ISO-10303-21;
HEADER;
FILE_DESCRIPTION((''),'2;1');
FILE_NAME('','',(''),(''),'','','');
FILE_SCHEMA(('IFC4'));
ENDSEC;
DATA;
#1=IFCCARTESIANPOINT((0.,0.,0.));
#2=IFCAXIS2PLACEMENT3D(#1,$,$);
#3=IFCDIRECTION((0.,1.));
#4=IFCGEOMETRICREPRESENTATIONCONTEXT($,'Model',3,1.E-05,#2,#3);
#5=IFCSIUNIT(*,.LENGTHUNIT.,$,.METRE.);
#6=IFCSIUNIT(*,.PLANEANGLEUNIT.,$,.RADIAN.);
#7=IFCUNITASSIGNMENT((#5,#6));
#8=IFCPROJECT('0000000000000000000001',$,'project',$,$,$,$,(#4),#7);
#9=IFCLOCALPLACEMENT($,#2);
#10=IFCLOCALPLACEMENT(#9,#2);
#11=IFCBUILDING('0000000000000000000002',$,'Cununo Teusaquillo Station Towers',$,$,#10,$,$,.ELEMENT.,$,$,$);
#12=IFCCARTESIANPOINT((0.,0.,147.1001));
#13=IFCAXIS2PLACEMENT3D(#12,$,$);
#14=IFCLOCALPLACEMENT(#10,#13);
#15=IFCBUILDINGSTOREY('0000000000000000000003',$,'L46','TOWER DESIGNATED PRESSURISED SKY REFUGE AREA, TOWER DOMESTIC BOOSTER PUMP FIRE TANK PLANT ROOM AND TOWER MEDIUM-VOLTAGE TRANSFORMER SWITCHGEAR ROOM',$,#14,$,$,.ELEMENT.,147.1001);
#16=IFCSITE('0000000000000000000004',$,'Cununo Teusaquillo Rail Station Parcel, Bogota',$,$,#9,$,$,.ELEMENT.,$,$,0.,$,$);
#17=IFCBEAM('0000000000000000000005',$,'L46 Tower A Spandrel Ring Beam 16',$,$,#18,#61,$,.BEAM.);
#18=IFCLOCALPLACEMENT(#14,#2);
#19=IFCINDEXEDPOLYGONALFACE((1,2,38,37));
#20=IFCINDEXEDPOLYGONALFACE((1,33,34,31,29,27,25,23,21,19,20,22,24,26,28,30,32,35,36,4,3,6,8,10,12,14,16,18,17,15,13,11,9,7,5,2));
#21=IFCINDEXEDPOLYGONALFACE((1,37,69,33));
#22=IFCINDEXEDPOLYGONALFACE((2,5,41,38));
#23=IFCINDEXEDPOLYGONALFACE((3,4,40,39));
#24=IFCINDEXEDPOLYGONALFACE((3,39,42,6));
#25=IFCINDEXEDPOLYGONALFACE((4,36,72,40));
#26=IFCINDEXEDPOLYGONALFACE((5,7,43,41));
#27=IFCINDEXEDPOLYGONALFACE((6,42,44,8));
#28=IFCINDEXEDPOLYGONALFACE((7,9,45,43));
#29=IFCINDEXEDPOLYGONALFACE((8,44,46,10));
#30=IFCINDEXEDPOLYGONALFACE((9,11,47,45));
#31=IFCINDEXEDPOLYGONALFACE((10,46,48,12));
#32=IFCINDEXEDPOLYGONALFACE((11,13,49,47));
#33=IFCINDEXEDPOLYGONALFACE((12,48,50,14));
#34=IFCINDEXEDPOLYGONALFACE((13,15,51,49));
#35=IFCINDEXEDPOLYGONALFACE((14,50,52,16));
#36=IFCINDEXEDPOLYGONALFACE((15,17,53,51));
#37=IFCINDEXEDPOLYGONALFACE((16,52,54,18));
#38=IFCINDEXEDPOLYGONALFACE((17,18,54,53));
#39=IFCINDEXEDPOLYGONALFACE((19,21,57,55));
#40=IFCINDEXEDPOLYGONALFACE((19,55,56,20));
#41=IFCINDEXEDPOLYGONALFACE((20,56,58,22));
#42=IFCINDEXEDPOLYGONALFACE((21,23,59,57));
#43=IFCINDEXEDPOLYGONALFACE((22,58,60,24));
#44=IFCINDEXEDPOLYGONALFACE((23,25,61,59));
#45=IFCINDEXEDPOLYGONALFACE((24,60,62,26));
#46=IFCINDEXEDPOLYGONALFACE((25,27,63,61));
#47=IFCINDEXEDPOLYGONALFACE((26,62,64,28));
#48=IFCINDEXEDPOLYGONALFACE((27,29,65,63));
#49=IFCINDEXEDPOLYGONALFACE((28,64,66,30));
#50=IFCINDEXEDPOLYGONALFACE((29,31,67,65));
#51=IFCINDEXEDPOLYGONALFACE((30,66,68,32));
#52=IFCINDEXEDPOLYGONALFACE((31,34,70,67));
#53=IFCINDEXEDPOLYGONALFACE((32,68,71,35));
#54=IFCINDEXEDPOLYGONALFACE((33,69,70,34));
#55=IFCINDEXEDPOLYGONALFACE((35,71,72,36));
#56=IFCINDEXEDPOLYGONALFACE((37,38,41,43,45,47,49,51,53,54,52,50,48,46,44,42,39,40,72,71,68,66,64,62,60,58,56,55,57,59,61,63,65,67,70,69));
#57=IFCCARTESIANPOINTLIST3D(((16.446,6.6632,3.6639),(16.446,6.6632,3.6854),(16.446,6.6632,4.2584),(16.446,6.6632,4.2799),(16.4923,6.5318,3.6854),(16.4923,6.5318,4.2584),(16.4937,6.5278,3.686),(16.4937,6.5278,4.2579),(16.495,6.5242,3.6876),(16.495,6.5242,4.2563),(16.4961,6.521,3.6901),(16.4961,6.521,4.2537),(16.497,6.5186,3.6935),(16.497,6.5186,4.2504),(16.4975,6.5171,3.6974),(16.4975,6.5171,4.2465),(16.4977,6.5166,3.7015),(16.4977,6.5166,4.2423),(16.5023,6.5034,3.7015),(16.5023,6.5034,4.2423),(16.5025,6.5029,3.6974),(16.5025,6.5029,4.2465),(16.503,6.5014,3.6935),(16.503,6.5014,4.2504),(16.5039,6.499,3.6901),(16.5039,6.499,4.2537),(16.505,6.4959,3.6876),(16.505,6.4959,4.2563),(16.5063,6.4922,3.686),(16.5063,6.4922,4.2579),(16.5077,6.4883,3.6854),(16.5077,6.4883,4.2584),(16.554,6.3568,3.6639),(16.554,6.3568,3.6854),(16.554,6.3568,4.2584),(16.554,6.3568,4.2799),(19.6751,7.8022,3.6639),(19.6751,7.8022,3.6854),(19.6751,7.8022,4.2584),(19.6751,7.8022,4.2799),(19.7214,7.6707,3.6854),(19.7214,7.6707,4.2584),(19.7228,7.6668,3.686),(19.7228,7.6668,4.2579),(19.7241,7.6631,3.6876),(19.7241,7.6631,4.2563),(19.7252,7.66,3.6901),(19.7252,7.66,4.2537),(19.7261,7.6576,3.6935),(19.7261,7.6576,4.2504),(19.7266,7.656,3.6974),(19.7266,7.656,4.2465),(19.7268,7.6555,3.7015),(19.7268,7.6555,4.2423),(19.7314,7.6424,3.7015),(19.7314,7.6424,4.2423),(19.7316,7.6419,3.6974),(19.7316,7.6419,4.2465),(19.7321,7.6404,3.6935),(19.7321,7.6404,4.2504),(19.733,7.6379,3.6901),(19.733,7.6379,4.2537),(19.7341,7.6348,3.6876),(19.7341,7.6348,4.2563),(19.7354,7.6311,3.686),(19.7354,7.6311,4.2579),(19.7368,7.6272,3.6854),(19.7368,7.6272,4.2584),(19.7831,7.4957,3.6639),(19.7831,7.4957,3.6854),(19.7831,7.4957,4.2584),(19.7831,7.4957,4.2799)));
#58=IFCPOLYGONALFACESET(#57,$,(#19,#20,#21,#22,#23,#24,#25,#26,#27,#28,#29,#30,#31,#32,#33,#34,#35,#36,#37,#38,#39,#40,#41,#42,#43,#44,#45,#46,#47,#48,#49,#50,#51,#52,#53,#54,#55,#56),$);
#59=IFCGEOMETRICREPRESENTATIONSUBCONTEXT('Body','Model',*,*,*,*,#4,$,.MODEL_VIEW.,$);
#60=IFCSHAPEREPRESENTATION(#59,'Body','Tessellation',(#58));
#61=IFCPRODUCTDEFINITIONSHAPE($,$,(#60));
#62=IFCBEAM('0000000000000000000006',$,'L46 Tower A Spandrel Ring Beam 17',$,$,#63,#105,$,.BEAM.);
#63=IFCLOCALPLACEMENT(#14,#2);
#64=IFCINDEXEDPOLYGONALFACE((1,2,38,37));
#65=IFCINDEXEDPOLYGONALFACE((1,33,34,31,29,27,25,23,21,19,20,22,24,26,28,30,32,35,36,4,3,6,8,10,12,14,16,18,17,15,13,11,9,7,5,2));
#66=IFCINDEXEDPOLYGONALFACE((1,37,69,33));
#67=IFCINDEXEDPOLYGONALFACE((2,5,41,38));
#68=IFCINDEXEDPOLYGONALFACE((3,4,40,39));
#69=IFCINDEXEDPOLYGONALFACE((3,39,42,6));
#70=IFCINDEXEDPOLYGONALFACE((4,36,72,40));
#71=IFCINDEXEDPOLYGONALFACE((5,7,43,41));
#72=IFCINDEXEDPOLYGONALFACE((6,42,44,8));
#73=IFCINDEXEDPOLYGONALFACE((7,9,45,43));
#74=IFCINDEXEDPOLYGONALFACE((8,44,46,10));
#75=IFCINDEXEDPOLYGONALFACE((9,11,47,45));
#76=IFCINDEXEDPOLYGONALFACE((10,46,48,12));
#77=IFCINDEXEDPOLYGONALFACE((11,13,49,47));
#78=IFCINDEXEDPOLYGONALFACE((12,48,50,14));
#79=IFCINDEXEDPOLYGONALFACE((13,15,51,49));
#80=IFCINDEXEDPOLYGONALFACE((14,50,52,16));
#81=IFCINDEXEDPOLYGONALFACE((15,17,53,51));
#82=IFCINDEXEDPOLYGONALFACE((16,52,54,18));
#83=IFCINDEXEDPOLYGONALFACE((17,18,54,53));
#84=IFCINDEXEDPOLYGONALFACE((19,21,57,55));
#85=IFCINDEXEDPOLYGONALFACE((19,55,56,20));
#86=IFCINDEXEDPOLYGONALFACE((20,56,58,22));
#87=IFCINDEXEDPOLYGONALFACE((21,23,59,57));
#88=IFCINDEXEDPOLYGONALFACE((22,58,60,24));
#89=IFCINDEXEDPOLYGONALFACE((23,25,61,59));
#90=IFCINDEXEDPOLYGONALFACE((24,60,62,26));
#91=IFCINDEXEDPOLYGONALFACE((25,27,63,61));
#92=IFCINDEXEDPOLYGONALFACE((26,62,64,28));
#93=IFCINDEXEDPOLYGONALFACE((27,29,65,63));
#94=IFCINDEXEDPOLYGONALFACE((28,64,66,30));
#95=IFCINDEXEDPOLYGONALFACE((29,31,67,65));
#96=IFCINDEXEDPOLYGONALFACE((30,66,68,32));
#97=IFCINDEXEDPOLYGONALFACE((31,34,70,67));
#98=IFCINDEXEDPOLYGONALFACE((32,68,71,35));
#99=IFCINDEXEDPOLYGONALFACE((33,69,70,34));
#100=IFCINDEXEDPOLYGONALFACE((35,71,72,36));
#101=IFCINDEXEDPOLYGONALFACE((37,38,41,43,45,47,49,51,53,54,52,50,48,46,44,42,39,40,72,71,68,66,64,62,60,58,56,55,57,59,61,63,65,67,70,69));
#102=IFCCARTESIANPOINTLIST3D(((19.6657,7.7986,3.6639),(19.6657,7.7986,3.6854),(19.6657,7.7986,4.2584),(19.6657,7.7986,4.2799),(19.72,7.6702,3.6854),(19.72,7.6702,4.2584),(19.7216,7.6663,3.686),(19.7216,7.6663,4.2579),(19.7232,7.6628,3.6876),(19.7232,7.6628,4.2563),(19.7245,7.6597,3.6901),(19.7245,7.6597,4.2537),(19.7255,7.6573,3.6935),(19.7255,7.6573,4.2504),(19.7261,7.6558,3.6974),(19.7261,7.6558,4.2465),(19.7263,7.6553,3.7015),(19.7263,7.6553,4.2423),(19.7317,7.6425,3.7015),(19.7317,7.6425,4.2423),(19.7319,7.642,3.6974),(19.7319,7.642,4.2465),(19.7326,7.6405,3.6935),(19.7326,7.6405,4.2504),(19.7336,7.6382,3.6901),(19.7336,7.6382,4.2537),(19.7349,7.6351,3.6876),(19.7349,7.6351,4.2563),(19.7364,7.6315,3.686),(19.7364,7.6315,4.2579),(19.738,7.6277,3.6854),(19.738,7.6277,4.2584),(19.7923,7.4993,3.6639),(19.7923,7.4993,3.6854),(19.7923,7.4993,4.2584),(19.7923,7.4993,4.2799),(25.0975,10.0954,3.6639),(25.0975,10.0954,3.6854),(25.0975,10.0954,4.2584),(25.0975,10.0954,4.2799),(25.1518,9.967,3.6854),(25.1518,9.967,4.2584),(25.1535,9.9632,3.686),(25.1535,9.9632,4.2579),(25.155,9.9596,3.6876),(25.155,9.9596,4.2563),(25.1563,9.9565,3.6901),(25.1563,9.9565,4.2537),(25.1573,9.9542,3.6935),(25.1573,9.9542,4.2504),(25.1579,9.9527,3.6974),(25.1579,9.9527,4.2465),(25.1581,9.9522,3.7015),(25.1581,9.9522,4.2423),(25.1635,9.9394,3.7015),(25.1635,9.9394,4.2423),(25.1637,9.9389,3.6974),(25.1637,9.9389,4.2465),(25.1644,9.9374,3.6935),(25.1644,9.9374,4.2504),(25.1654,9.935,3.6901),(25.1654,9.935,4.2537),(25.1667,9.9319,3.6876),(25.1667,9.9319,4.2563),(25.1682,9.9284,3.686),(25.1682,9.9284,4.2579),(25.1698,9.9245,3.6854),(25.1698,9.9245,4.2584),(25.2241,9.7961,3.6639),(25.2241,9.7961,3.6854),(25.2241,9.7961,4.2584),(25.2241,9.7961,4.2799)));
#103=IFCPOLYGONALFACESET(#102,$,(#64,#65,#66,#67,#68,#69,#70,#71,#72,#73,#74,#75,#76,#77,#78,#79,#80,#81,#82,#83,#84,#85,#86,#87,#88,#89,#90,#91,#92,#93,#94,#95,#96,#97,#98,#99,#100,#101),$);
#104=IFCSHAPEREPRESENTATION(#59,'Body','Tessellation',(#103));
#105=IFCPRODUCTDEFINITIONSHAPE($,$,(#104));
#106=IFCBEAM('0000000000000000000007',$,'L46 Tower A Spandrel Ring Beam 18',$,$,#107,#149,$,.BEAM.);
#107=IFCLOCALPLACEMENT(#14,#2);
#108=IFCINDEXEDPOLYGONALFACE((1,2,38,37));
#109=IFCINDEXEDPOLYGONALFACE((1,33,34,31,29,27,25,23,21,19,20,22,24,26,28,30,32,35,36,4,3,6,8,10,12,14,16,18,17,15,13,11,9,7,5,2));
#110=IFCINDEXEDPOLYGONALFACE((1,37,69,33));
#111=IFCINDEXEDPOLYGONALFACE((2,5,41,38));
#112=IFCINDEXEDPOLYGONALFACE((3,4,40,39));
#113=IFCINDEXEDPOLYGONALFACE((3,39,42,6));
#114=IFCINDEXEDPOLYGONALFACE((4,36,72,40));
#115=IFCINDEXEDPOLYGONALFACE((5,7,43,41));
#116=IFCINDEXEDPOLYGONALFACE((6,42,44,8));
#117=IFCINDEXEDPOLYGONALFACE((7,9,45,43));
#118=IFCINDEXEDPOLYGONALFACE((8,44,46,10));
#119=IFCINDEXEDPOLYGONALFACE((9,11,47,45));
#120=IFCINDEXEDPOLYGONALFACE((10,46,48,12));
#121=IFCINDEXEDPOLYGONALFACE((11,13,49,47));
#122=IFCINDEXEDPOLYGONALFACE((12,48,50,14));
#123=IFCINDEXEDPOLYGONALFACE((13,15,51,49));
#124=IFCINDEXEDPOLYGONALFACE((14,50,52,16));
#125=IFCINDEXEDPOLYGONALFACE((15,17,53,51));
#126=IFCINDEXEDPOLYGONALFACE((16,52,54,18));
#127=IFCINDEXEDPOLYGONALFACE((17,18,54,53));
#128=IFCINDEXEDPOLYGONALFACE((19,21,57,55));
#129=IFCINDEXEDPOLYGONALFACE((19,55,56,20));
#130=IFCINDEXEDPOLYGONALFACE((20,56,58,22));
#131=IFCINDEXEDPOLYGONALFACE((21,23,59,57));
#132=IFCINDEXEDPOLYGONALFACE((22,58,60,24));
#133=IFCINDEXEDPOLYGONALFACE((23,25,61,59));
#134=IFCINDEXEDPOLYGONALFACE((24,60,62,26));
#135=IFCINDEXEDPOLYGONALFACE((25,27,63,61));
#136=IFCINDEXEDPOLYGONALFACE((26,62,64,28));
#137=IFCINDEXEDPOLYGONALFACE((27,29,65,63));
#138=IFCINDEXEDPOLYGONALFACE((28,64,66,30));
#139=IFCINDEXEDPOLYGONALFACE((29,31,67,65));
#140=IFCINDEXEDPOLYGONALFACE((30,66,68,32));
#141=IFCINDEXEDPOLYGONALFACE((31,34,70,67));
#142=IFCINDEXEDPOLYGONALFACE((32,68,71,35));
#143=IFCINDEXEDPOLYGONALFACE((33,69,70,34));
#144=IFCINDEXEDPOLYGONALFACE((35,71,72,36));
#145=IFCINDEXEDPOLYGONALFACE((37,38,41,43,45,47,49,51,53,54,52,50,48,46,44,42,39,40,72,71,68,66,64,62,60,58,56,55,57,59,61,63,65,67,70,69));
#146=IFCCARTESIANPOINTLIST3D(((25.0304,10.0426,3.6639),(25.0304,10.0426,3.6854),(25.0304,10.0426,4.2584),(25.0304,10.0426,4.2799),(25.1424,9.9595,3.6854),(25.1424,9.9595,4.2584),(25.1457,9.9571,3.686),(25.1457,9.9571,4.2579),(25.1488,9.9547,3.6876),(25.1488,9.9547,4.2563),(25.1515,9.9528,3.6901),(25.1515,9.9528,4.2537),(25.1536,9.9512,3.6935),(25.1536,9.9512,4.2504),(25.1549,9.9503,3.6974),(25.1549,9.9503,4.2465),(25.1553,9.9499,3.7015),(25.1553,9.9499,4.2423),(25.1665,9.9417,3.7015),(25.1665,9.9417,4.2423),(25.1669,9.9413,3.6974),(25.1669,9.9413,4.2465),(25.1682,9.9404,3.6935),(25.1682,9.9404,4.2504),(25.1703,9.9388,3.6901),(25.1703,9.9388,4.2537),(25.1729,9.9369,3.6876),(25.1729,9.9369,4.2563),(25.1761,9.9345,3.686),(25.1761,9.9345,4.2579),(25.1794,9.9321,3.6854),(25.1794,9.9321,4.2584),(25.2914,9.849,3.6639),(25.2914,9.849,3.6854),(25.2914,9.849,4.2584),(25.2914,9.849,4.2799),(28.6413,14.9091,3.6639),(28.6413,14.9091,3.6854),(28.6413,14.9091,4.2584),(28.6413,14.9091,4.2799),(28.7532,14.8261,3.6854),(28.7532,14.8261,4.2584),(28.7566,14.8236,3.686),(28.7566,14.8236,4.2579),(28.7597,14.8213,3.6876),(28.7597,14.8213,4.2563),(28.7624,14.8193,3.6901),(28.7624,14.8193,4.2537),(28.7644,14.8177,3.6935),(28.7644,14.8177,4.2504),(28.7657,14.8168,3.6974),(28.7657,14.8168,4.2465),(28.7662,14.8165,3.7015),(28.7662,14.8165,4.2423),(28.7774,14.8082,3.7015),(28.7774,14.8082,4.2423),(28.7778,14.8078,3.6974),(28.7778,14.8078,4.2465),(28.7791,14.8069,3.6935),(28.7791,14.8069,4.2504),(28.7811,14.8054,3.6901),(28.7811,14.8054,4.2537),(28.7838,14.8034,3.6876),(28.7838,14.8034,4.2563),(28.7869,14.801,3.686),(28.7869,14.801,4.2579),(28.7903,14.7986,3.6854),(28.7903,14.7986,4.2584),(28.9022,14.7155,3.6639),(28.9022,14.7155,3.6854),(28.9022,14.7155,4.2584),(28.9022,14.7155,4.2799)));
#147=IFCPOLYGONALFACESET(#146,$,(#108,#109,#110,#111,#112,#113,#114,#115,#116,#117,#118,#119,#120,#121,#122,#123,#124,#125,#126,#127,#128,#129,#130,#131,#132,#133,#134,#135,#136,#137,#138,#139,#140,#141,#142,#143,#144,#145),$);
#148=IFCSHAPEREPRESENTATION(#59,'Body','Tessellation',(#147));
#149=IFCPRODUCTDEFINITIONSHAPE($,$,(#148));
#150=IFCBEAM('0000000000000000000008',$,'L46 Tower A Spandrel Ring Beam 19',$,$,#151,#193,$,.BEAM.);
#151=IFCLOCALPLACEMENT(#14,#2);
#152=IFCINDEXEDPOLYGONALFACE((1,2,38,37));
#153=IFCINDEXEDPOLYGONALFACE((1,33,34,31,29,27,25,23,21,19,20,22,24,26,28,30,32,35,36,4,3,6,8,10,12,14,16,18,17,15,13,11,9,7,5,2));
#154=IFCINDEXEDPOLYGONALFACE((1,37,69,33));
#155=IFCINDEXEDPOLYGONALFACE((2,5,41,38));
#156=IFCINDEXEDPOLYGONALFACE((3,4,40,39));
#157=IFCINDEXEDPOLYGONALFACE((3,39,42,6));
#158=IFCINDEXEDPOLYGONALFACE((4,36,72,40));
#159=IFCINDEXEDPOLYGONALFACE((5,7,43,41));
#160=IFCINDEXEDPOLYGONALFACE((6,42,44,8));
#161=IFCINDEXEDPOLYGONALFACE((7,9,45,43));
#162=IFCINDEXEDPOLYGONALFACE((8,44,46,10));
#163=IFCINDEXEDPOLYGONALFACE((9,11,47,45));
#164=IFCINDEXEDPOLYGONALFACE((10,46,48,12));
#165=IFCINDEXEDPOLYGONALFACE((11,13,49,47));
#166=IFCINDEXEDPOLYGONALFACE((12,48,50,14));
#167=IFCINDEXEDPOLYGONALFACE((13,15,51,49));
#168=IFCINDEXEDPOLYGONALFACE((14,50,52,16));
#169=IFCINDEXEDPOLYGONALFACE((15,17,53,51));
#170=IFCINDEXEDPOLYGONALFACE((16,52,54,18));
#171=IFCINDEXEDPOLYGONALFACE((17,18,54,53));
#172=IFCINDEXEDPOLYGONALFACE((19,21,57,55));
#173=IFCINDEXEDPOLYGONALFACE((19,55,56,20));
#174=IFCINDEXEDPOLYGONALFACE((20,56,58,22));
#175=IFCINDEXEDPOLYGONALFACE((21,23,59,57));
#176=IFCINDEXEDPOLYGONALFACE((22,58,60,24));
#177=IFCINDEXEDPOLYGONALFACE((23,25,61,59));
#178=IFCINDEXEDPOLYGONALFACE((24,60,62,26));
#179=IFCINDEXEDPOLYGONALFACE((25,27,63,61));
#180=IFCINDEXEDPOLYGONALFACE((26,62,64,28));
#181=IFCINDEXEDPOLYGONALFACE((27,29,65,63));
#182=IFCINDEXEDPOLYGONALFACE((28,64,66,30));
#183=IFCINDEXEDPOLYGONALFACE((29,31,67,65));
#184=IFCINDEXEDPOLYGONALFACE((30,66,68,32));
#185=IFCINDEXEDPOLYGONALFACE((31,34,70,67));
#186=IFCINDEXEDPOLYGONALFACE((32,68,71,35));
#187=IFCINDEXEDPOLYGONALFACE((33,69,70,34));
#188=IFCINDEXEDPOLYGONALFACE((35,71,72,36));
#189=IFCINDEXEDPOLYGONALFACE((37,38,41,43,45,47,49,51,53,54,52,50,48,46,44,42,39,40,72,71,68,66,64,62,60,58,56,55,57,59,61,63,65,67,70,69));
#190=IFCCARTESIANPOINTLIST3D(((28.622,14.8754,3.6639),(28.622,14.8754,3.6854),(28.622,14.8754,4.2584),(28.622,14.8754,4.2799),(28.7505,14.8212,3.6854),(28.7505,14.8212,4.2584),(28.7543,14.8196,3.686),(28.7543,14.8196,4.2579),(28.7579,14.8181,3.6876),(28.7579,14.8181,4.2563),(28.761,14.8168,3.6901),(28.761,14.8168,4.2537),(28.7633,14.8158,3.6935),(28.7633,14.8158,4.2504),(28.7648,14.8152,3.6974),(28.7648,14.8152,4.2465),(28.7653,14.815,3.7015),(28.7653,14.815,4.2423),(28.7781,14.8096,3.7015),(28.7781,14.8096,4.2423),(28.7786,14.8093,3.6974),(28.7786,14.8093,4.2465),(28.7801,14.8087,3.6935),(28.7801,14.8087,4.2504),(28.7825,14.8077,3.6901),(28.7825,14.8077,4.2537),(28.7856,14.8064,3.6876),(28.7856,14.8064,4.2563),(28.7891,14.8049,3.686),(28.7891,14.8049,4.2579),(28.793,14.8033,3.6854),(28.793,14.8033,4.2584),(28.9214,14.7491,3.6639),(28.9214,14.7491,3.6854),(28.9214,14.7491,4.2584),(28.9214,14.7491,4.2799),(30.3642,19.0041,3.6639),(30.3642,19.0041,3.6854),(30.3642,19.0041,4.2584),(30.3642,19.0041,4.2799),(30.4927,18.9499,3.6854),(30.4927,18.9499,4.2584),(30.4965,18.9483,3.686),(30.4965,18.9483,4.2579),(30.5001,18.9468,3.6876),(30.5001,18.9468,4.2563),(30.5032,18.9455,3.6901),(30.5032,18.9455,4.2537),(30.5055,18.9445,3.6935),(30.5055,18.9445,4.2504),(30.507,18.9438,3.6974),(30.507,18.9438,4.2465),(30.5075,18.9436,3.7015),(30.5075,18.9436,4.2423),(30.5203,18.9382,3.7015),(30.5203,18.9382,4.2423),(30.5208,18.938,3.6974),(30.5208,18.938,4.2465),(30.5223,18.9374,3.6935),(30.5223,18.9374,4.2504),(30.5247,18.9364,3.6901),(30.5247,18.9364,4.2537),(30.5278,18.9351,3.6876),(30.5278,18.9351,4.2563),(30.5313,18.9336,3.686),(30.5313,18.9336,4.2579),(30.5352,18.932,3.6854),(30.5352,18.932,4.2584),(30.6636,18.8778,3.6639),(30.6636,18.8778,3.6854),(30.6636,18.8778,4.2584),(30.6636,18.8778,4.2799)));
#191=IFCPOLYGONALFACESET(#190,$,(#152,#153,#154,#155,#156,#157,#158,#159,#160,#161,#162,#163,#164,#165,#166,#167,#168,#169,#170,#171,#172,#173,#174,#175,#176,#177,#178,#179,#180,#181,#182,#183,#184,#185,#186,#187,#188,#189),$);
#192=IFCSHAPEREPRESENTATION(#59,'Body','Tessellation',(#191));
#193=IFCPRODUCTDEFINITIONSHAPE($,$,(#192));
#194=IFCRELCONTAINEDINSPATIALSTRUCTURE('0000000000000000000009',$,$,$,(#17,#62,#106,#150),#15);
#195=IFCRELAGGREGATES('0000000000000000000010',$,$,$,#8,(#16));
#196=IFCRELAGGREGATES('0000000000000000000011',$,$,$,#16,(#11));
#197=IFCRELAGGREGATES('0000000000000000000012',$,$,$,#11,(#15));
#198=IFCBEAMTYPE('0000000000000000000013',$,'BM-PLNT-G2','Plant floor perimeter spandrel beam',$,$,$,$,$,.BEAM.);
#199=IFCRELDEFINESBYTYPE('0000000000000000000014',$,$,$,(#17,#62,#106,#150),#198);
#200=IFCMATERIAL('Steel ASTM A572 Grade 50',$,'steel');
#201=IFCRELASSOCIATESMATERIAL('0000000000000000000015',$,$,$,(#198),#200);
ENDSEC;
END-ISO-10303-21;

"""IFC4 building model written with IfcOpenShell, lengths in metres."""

from ifc_helpers import new_model, si_unit, direction, frame, origin, origin_2d, place, context, subcontext, project, spatial, i_section, extrude, material, material_profile, profile_set, type_object, element, save


model = new_model("IFC4")

# Units and contexts
model_context = context("Model", 3, precision=1e-05, world=origin(), true_north=direction((0.0, 1.0)))
body_context = subcontext(model_context, "Body", "Model", "MODEL_VIEW")
ifc_project = project(units=[si_unit("LENGTHUNIT", "METRE"), si_unit("PLANEANGLEUNIT", "RADIAN")], contexts=[model_context])

# Site, building, storey
site_placement = place(None, origin())
site = spatial("IfcSite", under=ifc_project, at=site_placement, Name="Cununo Teusaquillo Rail Station Parcel, Bogota", CompositionType="ELEMENT", RefElevation=0.0)
building_placement = place(site_placement, origin())
building = spatial("IfcBuilding", under=site, at=building_placement, Name="Cununo Teusaquillo Station Towers", CompositionType="ELEMENT")
storey_placement = place(building_placement, frame((0.0, 0.0, 147.1001)))
storey = spatial("IfcBuildingStorey", under=building, at=storey_placement, Name="L46", Description="TOWER DESIGNATED PRESSURISED SKY REFUGE AREA, TOWER DOMESTIC BOOSTER PUMP FIRE TANK PLANT ROOM AND TOWER MEDIUM-VOLTAGE TRANSFORMER SWITCHGEAR ROOM", CompositionType="ELEMENT", Elevation=147.1001)

# Beams
ifc_material_1 = material(Name="Steel ASTM A572 Grade 50", Category="steel")
ifc_material_profile_1 = material_profile(ifc_material_1, i_section(OverallWidth=0.325, OverallDepth=0.616, WebThickness=0.0139, FlangeThickness=0.0215, FilletRadius=0.0161, at=origin_2d()), Name="W24X117")
ifc_profile_set_1 = profile_set([ifc_material_profile_1], Name="Steel ASTM A572 Grade 50")
beam_type_1 = type_object("IfcBeamType", Name="BM-PLNT-G2", Description="Plant floor perimeter spandrel beam", PredefinedType="BEAM", material=ifc_profile_set_1)
beam_1_placement = place(storey_placement, frame((16.5, 6.51, 3.9719), z_axis=(0.943057, 0.33263, 0.0), x_axis=(-0.33263, 0.943057, 0.0)))
element("IfcBeam", 1, at=beam_1_placement, inside=storey, type_object=beam_type_1, Name="L46 Tower A Spandrel Ring Beam 16", PredefinedType="BEAM", context=body_context, shape_type="SweptSolid", body=[
    extrude(i_section(OverallWidth=0.325, OverallDepth=0.616, WebThickness=0.0139, FlangeThickness=0.0215, FilletRadius=0.0161, at=origin_2d()), origin(), (0.0, 0.0, 1.0), 3.4241),
])
beam_2_placement = place(storey_placement, frame((19.729, 7.6489, 3.9719), z_axis=(0.921042, 0.389463, 0.0), x_axis=(-0.389463, 0.921042, 0.0)))
element("IfcBeam", 2, at=beam_2_placement, inside=storey, type_object=beam_type_1, Name="L46 Tower A Spandrel Ring Beam 17", PredefinedType="BEAM", context=body_context, shape_type="SweptSolid", body=[
    extrude(i_section(OverallWidth=0.325, OverallDepth=0.616, WebThickness=0.0139, FlangeThickness=0.0215, FilletRadius=0.0161, at=origin_2d()), origin(), (0.0, 0.0, 1.0), 5.8975),
])
beam_3_placement = place(storey_placement, frame((25.1609, 9.9458, 3.9719), z_axis=(0.595873, 0.803079, 0.0), x_axis=(-0.803079, 0.595873, 0.0)))
element("IfcBeam", 3, at=beam_3_placement, inside=storey, type_object=beam_type_1, Name="L46 Tower A Spandrel Ring Beam 18", PredefinedType="BEAM", context=body_context, shape_type="SweptSolid", body=[
    extrude(i_section(OverallWidth=0.325, OverallDepth=0.616, WebThickness=0.0139, FlangeThickness=0.0215, FilletRadius=0.0161, at=origin_2d()), origin(), (0.0, 0.0, 1.0), 6.0598),
])
beam_4_placement = place(storey_placement, frame((28.7717, 14.8123, 3.9719), z_axis=(0.388778, 0.921332, 0.0), x_axis=(-0.921332, 0.388778, 0.0)))
element("IfcBeam", 4, at=beam_4_placement, inside=storey, type_object=beam_type_1, Name="L46 Tower A Spandrel Ring Beam 19", PredefinedType="BEAM", context=body_context, shape_type="SweptSolid", body=[
    extrude(i_section(OverallWidth=0.325, OverallDepth=0.616, WebThickness=0.0139, FlangeThickness=0.0215, FilletRadius=0.0161, at=origin_2d()), origin(), (0.0, 0.0, 1.0), 4.4812),
])

save(model, "model.ifc")
